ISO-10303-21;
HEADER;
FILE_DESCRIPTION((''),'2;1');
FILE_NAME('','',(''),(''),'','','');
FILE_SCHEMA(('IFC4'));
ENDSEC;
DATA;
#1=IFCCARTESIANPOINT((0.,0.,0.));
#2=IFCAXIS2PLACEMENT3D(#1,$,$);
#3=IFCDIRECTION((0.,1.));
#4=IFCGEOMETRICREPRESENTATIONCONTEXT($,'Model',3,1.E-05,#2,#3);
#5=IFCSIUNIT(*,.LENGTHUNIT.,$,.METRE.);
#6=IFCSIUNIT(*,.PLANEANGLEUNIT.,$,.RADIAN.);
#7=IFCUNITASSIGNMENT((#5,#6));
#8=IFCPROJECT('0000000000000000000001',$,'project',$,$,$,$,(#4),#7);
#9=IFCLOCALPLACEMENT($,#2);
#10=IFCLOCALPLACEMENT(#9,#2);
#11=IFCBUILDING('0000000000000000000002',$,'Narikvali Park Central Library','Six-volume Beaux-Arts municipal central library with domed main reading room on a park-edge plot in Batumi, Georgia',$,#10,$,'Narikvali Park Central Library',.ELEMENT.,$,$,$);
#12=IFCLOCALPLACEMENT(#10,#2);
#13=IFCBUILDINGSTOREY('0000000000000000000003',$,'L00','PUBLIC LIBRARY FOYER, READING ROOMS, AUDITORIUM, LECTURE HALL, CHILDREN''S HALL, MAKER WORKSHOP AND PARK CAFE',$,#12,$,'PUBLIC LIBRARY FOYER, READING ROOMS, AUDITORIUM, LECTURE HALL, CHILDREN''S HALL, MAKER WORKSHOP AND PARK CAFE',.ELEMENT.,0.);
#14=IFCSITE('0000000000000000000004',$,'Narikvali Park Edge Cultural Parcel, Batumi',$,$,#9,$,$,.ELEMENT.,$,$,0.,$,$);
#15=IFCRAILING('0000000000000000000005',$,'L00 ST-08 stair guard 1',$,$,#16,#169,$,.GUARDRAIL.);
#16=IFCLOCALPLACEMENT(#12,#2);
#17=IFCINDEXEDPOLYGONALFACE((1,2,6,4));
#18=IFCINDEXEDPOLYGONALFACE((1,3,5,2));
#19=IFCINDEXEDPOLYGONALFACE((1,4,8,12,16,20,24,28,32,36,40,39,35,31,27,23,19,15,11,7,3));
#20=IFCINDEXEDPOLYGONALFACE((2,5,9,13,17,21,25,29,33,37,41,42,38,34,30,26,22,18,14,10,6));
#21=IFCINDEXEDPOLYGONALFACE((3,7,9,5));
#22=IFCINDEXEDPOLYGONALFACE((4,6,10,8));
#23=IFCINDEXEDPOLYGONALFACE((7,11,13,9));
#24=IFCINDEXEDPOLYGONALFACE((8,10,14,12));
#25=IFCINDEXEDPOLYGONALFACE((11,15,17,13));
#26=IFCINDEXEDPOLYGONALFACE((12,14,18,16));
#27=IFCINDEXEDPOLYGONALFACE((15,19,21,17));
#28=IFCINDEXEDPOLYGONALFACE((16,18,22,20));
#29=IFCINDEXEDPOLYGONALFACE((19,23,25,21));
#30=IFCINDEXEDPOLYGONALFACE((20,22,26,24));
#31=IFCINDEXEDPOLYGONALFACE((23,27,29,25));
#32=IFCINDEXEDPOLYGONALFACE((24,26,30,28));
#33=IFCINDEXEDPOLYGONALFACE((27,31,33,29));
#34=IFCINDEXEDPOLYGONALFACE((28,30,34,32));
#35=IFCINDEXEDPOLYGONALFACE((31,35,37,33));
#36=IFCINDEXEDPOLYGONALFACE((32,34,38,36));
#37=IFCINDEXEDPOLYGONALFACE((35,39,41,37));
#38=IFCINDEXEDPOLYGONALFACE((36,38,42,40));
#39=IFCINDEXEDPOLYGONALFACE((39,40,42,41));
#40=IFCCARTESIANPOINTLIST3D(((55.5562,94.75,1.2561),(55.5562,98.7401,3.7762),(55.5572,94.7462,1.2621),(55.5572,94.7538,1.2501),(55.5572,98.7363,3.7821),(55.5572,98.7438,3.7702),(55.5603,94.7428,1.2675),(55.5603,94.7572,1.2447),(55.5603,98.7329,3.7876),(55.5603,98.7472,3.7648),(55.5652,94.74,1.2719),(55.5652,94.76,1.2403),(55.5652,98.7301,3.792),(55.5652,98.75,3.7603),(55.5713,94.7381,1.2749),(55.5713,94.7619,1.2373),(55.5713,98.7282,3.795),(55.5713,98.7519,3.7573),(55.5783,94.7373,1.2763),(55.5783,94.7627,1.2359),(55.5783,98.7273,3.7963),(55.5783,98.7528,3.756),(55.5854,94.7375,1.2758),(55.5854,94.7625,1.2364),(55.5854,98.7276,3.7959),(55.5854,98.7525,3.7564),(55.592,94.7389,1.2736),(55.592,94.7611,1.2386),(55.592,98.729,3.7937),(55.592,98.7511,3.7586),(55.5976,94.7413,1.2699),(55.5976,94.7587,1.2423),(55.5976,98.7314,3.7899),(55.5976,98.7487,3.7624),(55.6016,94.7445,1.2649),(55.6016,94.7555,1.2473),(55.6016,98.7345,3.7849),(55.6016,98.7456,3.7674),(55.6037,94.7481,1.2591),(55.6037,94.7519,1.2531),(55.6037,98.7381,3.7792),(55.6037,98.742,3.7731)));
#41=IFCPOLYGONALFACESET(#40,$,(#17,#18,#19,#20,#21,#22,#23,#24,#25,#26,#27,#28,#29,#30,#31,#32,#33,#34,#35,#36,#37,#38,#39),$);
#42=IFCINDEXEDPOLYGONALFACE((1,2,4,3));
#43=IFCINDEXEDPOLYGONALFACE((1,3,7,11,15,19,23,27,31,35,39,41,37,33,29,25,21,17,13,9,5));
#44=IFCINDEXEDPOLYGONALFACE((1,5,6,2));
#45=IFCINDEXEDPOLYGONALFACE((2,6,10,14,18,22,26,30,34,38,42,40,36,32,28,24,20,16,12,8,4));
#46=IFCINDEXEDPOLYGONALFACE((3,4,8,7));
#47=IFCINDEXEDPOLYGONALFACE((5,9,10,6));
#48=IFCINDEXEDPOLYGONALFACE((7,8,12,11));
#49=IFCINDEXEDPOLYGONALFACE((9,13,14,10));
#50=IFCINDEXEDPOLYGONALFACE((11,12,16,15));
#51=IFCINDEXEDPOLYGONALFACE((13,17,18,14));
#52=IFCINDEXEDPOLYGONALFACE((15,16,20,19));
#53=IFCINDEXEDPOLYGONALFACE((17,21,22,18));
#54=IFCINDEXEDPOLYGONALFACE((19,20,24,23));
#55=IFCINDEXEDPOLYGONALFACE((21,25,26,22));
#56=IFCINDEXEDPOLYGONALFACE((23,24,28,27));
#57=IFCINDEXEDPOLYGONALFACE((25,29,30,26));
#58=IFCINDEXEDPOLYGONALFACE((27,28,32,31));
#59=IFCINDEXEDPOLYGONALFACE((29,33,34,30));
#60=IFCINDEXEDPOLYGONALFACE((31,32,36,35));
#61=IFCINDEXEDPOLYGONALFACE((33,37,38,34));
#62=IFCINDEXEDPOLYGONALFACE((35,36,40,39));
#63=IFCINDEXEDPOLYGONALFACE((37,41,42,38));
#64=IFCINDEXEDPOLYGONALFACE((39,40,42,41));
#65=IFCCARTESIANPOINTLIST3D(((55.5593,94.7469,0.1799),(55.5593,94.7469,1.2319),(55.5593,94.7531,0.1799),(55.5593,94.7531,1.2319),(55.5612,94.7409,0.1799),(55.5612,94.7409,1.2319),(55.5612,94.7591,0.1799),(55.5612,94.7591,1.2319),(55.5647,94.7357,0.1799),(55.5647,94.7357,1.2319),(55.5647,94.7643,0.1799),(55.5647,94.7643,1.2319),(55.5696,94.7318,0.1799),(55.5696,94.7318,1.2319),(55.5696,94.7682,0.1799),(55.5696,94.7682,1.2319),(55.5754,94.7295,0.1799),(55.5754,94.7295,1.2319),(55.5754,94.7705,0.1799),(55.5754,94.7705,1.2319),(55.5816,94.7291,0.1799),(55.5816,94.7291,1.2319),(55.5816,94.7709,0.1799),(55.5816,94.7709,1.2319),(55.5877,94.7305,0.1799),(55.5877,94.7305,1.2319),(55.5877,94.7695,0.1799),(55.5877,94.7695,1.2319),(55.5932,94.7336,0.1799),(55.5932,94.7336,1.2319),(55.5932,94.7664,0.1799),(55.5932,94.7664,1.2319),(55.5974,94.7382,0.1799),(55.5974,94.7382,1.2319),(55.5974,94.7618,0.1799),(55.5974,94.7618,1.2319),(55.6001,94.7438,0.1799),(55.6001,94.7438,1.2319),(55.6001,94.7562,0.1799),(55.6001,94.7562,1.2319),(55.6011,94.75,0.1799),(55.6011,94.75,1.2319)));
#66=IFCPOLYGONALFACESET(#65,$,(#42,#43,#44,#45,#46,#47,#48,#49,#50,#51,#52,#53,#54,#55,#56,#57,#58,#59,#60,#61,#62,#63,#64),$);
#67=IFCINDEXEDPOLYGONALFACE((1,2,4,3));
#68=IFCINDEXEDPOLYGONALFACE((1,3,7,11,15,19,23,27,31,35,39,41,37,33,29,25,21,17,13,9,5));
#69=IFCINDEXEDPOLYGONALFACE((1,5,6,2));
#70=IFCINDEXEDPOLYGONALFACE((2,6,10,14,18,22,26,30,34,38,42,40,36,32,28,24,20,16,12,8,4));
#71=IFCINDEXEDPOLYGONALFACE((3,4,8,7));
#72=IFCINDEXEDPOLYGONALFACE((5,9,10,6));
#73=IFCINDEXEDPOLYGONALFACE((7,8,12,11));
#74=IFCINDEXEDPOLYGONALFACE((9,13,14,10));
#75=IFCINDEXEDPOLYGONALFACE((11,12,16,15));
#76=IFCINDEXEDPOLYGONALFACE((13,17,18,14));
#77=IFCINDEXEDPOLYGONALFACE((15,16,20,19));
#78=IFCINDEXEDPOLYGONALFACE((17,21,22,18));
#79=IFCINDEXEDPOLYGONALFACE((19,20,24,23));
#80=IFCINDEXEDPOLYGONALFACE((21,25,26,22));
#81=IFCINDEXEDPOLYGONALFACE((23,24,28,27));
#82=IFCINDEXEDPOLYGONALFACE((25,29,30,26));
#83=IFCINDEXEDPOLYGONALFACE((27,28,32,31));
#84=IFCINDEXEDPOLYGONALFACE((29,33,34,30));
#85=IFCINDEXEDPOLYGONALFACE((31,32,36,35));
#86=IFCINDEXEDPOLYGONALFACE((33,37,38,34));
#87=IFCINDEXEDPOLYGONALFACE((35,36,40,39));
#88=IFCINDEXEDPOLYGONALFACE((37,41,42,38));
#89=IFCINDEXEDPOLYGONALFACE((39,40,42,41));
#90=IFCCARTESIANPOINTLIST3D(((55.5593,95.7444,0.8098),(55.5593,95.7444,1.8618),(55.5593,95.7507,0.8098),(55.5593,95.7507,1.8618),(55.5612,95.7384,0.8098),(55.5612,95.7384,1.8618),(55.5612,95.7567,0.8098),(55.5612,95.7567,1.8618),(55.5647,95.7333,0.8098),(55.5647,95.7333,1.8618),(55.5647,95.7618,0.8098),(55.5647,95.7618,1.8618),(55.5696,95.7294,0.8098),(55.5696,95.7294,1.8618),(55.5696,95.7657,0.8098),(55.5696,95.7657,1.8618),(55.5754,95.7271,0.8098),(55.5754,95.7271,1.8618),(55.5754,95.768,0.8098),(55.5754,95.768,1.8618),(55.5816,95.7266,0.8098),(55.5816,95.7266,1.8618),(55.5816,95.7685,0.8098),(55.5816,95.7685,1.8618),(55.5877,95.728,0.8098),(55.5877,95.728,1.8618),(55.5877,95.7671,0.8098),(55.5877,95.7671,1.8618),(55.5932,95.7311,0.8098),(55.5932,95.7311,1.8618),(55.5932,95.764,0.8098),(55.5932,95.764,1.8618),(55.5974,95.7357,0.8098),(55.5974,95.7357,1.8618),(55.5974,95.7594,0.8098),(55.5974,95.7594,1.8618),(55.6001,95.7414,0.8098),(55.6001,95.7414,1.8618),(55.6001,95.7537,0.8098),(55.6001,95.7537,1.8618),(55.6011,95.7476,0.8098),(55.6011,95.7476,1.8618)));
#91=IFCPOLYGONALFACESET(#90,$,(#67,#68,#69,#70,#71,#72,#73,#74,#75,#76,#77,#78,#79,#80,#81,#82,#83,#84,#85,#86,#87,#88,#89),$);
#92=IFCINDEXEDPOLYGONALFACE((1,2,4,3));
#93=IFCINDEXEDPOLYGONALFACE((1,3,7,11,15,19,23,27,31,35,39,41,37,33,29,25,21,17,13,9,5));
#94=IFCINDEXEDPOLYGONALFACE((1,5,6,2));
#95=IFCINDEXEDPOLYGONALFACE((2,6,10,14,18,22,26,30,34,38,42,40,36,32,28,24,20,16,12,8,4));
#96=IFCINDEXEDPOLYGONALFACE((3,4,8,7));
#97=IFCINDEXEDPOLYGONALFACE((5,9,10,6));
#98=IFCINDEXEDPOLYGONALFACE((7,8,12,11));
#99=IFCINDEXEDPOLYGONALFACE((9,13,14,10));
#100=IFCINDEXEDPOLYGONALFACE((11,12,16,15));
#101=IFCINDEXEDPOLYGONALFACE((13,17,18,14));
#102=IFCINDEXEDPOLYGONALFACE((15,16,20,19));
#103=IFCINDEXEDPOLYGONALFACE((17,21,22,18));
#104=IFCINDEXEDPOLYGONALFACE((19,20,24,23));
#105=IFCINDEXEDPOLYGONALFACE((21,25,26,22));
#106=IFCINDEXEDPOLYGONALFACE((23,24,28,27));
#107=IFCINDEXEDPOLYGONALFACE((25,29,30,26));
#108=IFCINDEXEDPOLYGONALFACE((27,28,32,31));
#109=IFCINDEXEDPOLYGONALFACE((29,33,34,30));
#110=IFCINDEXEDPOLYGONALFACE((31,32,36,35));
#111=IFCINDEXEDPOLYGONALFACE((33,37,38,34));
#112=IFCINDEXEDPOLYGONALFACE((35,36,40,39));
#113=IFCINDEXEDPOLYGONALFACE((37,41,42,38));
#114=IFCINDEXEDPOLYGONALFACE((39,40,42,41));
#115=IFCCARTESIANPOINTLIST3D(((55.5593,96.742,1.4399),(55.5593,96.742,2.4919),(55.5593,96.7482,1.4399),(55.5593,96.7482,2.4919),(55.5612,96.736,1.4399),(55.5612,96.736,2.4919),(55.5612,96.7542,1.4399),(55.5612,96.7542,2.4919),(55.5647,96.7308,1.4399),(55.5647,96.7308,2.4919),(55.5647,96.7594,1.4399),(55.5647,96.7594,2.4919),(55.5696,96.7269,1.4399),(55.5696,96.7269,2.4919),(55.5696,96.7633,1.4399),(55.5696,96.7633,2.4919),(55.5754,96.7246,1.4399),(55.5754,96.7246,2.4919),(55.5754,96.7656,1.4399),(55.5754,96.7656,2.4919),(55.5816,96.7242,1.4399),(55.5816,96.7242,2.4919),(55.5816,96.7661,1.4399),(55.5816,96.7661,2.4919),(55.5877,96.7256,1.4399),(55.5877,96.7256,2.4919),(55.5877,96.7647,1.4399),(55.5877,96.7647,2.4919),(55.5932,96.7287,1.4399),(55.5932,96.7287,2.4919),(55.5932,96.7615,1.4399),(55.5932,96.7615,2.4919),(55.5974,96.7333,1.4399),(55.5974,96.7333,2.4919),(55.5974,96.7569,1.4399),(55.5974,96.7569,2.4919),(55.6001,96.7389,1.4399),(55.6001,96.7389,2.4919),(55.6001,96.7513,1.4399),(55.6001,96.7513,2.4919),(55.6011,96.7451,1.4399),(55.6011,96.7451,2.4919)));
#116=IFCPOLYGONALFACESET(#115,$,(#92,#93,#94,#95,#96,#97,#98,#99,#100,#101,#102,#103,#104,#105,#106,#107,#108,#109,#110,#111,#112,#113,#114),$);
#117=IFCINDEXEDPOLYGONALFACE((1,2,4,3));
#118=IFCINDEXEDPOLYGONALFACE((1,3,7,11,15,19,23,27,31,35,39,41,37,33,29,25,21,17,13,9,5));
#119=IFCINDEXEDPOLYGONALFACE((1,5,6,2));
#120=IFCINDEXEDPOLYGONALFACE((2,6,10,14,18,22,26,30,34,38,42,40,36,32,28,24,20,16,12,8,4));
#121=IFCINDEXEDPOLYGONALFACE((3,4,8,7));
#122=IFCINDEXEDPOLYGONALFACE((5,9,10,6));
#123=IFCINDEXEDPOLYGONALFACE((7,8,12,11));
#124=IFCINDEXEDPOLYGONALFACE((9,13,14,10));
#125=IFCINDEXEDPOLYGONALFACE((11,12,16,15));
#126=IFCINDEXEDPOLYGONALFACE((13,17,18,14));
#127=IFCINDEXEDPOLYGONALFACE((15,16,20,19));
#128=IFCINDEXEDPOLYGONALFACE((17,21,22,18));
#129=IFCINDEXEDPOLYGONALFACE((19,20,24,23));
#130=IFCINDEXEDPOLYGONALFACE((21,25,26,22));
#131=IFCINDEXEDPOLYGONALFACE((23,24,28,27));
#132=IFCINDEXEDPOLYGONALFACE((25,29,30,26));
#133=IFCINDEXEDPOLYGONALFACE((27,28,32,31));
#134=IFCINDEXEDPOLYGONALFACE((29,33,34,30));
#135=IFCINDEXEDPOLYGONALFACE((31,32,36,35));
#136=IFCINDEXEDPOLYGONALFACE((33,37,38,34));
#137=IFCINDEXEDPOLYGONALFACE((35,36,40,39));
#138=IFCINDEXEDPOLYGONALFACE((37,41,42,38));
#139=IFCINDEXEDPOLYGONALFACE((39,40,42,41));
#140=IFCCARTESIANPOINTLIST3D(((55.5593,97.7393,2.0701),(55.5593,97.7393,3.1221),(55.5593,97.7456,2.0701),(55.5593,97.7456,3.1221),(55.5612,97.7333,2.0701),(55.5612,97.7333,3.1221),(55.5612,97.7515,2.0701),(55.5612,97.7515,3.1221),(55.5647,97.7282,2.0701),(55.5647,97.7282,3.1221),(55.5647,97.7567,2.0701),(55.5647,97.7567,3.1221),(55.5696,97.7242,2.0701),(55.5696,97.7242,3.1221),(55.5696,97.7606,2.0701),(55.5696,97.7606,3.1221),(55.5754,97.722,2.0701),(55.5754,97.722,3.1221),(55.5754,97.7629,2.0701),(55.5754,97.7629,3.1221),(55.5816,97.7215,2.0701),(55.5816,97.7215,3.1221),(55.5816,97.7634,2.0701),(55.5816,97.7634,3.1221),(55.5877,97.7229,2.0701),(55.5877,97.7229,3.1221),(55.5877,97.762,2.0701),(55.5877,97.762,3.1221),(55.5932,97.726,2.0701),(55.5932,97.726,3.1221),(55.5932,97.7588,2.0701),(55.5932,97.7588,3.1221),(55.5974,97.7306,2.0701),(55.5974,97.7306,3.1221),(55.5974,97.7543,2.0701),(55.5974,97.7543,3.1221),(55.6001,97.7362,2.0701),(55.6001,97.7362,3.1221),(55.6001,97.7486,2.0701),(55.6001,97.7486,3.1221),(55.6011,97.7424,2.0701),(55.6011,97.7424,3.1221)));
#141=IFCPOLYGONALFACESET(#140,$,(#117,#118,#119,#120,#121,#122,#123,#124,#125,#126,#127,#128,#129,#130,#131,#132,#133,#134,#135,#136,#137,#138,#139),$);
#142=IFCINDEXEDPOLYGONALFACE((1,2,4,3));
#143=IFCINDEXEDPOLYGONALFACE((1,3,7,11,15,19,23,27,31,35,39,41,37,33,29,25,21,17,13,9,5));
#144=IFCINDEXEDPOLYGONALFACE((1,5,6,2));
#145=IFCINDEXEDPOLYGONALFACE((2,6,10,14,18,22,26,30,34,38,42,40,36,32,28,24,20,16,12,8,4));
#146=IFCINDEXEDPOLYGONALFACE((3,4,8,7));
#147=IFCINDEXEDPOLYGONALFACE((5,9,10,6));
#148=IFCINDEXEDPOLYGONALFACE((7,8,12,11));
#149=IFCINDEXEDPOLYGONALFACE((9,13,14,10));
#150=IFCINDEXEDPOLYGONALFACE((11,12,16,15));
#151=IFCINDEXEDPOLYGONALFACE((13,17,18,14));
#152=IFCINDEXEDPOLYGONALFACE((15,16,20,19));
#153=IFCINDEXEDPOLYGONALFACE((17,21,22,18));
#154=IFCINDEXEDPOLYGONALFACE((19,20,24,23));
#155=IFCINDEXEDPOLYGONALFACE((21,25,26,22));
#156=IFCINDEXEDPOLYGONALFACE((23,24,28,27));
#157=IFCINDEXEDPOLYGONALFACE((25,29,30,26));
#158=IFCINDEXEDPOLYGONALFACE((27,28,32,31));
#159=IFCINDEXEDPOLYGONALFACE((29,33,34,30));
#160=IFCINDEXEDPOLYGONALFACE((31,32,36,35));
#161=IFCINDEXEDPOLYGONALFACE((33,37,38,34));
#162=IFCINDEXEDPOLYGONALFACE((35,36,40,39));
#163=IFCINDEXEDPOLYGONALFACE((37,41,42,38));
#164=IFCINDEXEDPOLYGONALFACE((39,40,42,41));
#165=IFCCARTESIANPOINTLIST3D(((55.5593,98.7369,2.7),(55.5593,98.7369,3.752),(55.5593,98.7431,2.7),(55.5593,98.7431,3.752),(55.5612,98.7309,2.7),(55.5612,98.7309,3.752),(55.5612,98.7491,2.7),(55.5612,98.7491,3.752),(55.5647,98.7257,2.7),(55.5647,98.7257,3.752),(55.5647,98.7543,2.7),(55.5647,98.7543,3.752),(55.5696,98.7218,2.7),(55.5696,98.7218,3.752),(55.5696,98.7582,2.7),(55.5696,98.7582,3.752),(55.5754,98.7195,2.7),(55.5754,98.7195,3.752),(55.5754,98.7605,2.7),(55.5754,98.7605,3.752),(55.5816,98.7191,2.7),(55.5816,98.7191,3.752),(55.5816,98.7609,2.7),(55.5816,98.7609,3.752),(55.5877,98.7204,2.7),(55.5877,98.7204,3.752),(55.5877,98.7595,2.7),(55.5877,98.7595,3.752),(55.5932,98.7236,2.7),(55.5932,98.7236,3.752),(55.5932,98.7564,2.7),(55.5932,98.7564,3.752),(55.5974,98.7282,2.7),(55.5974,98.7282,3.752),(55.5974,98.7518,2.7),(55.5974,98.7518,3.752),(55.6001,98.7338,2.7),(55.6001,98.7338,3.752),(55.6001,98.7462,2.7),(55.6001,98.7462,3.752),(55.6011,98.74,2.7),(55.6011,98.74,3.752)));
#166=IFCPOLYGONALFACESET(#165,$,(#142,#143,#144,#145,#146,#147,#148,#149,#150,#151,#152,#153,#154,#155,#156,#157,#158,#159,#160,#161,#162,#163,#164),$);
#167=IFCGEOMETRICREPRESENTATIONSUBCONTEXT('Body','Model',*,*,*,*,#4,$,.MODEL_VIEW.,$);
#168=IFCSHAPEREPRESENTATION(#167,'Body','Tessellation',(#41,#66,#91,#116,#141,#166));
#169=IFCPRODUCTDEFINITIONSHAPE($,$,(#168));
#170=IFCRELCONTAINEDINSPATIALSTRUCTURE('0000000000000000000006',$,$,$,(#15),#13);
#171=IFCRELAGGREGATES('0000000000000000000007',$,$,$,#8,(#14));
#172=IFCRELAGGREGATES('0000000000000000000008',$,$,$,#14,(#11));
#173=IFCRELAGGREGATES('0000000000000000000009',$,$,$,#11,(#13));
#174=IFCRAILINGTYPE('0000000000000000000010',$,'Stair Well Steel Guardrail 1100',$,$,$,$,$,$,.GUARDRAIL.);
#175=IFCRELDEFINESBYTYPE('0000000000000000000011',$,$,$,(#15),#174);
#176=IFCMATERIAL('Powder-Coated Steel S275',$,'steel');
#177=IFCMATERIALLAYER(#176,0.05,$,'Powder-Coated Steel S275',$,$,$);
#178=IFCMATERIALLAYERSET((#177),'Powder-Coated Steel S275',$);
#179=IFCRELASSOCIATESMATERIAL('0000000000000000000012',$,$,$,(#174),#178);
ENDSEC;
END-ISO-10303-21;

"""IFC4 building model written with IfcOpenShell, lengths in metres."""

from ifc_helpers import new_model, si_unit, direction, frame, origin, origin_2d, place, context, subcontext, project, spatial, circle, extrude, material, layer, layer_set, type_object, element, save


model = new_model("IFC4")

# Units and contexts
model_context = context("Model", 3, precision=1e-05, world=origin(), true_north=direction((0.0, 1.0)))
body_context = subcontext(model_context, "Body", "Model", "MODEL_VIEW")
ifc_project = project(units=[si_unit("LENGTHUNIT", "METRE"), si_unit("PLANEANGLEUNIT", "RADIAN")], contexts=[model_context])

# Site, building, storey
site_placement = place(None, origin())
site = spatial("IfcSite", under=ifc_project, at=site_placement, Name="Narikvali Park Edge Cultural Parcel, Batumi", CompositionType="ELEMENT", RefElevation=0.0)
building_placement = place(site_placement, origin())
building = spatial("IfcBuilding", under=site, at=building_placement, Name="Narikvali Park Central Library", Description="Six-volume Beaux-Arts municipal central library with domed main reading room on a park-edge plot in Batumi, Georgia", LongName="Narikvali Park Central Library", CompositionType="ELEMENT")
storey_placement = place(building_placement, origin())
storey = spatial("IfcBuildingStorey", under=building, at=storey_placement, Name="L00", Description="PUBLIC LIBRARY FOYER, READING ROOMS, AUDITORIUM, LECTURE HALL, CHILDREN'S HALL, MAKER WORKSHOP AND PARK CAFE", LongName="PUBLIC LIBRARY FOYER, READING ROOMS, AUDITORIUM, LECTURE HALL, CHILDREN'S HALL, MAKER WORKSHOP AND PARK CAFE", CompositionType="ELEMENT", Elevation=0.0)

# Railing
ifc_material_1 = material(Name="Powder-Coated Steel S275", Category="steel")
ifc_layer_1 = layer(ifc_material_1, 0.05, Name="Powder-Coated Steel S275")
ifc_layer_set_1 = layer_set([ifc_layer_1], Name="Powder-Coated Steel S275")
railing_type_1 = type_object("IfcRailingType", Name="Stair Well Steel Guardrail 1100", PredefinedType="GUARDRAIL", material=ifc_layer_set_1)
railing_1_placement = place(storey_placement, frame((55.5801, 94.75, 0.1799)))
element("IfcRailing", 1, at=railing_1_placement, inside=storey, type_object=railing_type_1, Name="L00 ST-08 stair guard 1", PredefinedType="GUARDRAIL", context=body_context, shape_type="SweptSolid", body=[
    extrude(circle(Radius=0.0239, at=origin_2d()), frame((0.0, 0.0, 1.0762), z_axis=(0.0, 0.845486, 0.533997), x_axis=(-1.0, 0.0, 0.0)), (0.0, 0.0, 1.0), 4.7192),
    extrude(circle(Radius=0.021, at=origin_2d()), origin(), (0.0, 0.0, 1.0), 1.052),
    extrude(circle(Radius=0.021, at=origin_2d()), frame((0.0, 0.9976, 0.6299)), (0.0, 0.0, 1.0), 1.052),
    extrude(circle(Radius=0.021, at=origin_2d()), frame((0.0, 1.9951, 1.26)), (0.0, 0.0, 1.0), 1.052),
    extrude(circle(Radius=0.021, at=origin_2d()), frame((0.0, 2.9924, 1.8901)), (0.0, 0.0, 1.0), 1.052),
    extrude(circle(Radius=0.021, at=origin_2d()), frame((0.0, 3.99, 2.52)), (0.0, 0.0, 1.0), 1.052),
])

save(model, "model.ifc")
